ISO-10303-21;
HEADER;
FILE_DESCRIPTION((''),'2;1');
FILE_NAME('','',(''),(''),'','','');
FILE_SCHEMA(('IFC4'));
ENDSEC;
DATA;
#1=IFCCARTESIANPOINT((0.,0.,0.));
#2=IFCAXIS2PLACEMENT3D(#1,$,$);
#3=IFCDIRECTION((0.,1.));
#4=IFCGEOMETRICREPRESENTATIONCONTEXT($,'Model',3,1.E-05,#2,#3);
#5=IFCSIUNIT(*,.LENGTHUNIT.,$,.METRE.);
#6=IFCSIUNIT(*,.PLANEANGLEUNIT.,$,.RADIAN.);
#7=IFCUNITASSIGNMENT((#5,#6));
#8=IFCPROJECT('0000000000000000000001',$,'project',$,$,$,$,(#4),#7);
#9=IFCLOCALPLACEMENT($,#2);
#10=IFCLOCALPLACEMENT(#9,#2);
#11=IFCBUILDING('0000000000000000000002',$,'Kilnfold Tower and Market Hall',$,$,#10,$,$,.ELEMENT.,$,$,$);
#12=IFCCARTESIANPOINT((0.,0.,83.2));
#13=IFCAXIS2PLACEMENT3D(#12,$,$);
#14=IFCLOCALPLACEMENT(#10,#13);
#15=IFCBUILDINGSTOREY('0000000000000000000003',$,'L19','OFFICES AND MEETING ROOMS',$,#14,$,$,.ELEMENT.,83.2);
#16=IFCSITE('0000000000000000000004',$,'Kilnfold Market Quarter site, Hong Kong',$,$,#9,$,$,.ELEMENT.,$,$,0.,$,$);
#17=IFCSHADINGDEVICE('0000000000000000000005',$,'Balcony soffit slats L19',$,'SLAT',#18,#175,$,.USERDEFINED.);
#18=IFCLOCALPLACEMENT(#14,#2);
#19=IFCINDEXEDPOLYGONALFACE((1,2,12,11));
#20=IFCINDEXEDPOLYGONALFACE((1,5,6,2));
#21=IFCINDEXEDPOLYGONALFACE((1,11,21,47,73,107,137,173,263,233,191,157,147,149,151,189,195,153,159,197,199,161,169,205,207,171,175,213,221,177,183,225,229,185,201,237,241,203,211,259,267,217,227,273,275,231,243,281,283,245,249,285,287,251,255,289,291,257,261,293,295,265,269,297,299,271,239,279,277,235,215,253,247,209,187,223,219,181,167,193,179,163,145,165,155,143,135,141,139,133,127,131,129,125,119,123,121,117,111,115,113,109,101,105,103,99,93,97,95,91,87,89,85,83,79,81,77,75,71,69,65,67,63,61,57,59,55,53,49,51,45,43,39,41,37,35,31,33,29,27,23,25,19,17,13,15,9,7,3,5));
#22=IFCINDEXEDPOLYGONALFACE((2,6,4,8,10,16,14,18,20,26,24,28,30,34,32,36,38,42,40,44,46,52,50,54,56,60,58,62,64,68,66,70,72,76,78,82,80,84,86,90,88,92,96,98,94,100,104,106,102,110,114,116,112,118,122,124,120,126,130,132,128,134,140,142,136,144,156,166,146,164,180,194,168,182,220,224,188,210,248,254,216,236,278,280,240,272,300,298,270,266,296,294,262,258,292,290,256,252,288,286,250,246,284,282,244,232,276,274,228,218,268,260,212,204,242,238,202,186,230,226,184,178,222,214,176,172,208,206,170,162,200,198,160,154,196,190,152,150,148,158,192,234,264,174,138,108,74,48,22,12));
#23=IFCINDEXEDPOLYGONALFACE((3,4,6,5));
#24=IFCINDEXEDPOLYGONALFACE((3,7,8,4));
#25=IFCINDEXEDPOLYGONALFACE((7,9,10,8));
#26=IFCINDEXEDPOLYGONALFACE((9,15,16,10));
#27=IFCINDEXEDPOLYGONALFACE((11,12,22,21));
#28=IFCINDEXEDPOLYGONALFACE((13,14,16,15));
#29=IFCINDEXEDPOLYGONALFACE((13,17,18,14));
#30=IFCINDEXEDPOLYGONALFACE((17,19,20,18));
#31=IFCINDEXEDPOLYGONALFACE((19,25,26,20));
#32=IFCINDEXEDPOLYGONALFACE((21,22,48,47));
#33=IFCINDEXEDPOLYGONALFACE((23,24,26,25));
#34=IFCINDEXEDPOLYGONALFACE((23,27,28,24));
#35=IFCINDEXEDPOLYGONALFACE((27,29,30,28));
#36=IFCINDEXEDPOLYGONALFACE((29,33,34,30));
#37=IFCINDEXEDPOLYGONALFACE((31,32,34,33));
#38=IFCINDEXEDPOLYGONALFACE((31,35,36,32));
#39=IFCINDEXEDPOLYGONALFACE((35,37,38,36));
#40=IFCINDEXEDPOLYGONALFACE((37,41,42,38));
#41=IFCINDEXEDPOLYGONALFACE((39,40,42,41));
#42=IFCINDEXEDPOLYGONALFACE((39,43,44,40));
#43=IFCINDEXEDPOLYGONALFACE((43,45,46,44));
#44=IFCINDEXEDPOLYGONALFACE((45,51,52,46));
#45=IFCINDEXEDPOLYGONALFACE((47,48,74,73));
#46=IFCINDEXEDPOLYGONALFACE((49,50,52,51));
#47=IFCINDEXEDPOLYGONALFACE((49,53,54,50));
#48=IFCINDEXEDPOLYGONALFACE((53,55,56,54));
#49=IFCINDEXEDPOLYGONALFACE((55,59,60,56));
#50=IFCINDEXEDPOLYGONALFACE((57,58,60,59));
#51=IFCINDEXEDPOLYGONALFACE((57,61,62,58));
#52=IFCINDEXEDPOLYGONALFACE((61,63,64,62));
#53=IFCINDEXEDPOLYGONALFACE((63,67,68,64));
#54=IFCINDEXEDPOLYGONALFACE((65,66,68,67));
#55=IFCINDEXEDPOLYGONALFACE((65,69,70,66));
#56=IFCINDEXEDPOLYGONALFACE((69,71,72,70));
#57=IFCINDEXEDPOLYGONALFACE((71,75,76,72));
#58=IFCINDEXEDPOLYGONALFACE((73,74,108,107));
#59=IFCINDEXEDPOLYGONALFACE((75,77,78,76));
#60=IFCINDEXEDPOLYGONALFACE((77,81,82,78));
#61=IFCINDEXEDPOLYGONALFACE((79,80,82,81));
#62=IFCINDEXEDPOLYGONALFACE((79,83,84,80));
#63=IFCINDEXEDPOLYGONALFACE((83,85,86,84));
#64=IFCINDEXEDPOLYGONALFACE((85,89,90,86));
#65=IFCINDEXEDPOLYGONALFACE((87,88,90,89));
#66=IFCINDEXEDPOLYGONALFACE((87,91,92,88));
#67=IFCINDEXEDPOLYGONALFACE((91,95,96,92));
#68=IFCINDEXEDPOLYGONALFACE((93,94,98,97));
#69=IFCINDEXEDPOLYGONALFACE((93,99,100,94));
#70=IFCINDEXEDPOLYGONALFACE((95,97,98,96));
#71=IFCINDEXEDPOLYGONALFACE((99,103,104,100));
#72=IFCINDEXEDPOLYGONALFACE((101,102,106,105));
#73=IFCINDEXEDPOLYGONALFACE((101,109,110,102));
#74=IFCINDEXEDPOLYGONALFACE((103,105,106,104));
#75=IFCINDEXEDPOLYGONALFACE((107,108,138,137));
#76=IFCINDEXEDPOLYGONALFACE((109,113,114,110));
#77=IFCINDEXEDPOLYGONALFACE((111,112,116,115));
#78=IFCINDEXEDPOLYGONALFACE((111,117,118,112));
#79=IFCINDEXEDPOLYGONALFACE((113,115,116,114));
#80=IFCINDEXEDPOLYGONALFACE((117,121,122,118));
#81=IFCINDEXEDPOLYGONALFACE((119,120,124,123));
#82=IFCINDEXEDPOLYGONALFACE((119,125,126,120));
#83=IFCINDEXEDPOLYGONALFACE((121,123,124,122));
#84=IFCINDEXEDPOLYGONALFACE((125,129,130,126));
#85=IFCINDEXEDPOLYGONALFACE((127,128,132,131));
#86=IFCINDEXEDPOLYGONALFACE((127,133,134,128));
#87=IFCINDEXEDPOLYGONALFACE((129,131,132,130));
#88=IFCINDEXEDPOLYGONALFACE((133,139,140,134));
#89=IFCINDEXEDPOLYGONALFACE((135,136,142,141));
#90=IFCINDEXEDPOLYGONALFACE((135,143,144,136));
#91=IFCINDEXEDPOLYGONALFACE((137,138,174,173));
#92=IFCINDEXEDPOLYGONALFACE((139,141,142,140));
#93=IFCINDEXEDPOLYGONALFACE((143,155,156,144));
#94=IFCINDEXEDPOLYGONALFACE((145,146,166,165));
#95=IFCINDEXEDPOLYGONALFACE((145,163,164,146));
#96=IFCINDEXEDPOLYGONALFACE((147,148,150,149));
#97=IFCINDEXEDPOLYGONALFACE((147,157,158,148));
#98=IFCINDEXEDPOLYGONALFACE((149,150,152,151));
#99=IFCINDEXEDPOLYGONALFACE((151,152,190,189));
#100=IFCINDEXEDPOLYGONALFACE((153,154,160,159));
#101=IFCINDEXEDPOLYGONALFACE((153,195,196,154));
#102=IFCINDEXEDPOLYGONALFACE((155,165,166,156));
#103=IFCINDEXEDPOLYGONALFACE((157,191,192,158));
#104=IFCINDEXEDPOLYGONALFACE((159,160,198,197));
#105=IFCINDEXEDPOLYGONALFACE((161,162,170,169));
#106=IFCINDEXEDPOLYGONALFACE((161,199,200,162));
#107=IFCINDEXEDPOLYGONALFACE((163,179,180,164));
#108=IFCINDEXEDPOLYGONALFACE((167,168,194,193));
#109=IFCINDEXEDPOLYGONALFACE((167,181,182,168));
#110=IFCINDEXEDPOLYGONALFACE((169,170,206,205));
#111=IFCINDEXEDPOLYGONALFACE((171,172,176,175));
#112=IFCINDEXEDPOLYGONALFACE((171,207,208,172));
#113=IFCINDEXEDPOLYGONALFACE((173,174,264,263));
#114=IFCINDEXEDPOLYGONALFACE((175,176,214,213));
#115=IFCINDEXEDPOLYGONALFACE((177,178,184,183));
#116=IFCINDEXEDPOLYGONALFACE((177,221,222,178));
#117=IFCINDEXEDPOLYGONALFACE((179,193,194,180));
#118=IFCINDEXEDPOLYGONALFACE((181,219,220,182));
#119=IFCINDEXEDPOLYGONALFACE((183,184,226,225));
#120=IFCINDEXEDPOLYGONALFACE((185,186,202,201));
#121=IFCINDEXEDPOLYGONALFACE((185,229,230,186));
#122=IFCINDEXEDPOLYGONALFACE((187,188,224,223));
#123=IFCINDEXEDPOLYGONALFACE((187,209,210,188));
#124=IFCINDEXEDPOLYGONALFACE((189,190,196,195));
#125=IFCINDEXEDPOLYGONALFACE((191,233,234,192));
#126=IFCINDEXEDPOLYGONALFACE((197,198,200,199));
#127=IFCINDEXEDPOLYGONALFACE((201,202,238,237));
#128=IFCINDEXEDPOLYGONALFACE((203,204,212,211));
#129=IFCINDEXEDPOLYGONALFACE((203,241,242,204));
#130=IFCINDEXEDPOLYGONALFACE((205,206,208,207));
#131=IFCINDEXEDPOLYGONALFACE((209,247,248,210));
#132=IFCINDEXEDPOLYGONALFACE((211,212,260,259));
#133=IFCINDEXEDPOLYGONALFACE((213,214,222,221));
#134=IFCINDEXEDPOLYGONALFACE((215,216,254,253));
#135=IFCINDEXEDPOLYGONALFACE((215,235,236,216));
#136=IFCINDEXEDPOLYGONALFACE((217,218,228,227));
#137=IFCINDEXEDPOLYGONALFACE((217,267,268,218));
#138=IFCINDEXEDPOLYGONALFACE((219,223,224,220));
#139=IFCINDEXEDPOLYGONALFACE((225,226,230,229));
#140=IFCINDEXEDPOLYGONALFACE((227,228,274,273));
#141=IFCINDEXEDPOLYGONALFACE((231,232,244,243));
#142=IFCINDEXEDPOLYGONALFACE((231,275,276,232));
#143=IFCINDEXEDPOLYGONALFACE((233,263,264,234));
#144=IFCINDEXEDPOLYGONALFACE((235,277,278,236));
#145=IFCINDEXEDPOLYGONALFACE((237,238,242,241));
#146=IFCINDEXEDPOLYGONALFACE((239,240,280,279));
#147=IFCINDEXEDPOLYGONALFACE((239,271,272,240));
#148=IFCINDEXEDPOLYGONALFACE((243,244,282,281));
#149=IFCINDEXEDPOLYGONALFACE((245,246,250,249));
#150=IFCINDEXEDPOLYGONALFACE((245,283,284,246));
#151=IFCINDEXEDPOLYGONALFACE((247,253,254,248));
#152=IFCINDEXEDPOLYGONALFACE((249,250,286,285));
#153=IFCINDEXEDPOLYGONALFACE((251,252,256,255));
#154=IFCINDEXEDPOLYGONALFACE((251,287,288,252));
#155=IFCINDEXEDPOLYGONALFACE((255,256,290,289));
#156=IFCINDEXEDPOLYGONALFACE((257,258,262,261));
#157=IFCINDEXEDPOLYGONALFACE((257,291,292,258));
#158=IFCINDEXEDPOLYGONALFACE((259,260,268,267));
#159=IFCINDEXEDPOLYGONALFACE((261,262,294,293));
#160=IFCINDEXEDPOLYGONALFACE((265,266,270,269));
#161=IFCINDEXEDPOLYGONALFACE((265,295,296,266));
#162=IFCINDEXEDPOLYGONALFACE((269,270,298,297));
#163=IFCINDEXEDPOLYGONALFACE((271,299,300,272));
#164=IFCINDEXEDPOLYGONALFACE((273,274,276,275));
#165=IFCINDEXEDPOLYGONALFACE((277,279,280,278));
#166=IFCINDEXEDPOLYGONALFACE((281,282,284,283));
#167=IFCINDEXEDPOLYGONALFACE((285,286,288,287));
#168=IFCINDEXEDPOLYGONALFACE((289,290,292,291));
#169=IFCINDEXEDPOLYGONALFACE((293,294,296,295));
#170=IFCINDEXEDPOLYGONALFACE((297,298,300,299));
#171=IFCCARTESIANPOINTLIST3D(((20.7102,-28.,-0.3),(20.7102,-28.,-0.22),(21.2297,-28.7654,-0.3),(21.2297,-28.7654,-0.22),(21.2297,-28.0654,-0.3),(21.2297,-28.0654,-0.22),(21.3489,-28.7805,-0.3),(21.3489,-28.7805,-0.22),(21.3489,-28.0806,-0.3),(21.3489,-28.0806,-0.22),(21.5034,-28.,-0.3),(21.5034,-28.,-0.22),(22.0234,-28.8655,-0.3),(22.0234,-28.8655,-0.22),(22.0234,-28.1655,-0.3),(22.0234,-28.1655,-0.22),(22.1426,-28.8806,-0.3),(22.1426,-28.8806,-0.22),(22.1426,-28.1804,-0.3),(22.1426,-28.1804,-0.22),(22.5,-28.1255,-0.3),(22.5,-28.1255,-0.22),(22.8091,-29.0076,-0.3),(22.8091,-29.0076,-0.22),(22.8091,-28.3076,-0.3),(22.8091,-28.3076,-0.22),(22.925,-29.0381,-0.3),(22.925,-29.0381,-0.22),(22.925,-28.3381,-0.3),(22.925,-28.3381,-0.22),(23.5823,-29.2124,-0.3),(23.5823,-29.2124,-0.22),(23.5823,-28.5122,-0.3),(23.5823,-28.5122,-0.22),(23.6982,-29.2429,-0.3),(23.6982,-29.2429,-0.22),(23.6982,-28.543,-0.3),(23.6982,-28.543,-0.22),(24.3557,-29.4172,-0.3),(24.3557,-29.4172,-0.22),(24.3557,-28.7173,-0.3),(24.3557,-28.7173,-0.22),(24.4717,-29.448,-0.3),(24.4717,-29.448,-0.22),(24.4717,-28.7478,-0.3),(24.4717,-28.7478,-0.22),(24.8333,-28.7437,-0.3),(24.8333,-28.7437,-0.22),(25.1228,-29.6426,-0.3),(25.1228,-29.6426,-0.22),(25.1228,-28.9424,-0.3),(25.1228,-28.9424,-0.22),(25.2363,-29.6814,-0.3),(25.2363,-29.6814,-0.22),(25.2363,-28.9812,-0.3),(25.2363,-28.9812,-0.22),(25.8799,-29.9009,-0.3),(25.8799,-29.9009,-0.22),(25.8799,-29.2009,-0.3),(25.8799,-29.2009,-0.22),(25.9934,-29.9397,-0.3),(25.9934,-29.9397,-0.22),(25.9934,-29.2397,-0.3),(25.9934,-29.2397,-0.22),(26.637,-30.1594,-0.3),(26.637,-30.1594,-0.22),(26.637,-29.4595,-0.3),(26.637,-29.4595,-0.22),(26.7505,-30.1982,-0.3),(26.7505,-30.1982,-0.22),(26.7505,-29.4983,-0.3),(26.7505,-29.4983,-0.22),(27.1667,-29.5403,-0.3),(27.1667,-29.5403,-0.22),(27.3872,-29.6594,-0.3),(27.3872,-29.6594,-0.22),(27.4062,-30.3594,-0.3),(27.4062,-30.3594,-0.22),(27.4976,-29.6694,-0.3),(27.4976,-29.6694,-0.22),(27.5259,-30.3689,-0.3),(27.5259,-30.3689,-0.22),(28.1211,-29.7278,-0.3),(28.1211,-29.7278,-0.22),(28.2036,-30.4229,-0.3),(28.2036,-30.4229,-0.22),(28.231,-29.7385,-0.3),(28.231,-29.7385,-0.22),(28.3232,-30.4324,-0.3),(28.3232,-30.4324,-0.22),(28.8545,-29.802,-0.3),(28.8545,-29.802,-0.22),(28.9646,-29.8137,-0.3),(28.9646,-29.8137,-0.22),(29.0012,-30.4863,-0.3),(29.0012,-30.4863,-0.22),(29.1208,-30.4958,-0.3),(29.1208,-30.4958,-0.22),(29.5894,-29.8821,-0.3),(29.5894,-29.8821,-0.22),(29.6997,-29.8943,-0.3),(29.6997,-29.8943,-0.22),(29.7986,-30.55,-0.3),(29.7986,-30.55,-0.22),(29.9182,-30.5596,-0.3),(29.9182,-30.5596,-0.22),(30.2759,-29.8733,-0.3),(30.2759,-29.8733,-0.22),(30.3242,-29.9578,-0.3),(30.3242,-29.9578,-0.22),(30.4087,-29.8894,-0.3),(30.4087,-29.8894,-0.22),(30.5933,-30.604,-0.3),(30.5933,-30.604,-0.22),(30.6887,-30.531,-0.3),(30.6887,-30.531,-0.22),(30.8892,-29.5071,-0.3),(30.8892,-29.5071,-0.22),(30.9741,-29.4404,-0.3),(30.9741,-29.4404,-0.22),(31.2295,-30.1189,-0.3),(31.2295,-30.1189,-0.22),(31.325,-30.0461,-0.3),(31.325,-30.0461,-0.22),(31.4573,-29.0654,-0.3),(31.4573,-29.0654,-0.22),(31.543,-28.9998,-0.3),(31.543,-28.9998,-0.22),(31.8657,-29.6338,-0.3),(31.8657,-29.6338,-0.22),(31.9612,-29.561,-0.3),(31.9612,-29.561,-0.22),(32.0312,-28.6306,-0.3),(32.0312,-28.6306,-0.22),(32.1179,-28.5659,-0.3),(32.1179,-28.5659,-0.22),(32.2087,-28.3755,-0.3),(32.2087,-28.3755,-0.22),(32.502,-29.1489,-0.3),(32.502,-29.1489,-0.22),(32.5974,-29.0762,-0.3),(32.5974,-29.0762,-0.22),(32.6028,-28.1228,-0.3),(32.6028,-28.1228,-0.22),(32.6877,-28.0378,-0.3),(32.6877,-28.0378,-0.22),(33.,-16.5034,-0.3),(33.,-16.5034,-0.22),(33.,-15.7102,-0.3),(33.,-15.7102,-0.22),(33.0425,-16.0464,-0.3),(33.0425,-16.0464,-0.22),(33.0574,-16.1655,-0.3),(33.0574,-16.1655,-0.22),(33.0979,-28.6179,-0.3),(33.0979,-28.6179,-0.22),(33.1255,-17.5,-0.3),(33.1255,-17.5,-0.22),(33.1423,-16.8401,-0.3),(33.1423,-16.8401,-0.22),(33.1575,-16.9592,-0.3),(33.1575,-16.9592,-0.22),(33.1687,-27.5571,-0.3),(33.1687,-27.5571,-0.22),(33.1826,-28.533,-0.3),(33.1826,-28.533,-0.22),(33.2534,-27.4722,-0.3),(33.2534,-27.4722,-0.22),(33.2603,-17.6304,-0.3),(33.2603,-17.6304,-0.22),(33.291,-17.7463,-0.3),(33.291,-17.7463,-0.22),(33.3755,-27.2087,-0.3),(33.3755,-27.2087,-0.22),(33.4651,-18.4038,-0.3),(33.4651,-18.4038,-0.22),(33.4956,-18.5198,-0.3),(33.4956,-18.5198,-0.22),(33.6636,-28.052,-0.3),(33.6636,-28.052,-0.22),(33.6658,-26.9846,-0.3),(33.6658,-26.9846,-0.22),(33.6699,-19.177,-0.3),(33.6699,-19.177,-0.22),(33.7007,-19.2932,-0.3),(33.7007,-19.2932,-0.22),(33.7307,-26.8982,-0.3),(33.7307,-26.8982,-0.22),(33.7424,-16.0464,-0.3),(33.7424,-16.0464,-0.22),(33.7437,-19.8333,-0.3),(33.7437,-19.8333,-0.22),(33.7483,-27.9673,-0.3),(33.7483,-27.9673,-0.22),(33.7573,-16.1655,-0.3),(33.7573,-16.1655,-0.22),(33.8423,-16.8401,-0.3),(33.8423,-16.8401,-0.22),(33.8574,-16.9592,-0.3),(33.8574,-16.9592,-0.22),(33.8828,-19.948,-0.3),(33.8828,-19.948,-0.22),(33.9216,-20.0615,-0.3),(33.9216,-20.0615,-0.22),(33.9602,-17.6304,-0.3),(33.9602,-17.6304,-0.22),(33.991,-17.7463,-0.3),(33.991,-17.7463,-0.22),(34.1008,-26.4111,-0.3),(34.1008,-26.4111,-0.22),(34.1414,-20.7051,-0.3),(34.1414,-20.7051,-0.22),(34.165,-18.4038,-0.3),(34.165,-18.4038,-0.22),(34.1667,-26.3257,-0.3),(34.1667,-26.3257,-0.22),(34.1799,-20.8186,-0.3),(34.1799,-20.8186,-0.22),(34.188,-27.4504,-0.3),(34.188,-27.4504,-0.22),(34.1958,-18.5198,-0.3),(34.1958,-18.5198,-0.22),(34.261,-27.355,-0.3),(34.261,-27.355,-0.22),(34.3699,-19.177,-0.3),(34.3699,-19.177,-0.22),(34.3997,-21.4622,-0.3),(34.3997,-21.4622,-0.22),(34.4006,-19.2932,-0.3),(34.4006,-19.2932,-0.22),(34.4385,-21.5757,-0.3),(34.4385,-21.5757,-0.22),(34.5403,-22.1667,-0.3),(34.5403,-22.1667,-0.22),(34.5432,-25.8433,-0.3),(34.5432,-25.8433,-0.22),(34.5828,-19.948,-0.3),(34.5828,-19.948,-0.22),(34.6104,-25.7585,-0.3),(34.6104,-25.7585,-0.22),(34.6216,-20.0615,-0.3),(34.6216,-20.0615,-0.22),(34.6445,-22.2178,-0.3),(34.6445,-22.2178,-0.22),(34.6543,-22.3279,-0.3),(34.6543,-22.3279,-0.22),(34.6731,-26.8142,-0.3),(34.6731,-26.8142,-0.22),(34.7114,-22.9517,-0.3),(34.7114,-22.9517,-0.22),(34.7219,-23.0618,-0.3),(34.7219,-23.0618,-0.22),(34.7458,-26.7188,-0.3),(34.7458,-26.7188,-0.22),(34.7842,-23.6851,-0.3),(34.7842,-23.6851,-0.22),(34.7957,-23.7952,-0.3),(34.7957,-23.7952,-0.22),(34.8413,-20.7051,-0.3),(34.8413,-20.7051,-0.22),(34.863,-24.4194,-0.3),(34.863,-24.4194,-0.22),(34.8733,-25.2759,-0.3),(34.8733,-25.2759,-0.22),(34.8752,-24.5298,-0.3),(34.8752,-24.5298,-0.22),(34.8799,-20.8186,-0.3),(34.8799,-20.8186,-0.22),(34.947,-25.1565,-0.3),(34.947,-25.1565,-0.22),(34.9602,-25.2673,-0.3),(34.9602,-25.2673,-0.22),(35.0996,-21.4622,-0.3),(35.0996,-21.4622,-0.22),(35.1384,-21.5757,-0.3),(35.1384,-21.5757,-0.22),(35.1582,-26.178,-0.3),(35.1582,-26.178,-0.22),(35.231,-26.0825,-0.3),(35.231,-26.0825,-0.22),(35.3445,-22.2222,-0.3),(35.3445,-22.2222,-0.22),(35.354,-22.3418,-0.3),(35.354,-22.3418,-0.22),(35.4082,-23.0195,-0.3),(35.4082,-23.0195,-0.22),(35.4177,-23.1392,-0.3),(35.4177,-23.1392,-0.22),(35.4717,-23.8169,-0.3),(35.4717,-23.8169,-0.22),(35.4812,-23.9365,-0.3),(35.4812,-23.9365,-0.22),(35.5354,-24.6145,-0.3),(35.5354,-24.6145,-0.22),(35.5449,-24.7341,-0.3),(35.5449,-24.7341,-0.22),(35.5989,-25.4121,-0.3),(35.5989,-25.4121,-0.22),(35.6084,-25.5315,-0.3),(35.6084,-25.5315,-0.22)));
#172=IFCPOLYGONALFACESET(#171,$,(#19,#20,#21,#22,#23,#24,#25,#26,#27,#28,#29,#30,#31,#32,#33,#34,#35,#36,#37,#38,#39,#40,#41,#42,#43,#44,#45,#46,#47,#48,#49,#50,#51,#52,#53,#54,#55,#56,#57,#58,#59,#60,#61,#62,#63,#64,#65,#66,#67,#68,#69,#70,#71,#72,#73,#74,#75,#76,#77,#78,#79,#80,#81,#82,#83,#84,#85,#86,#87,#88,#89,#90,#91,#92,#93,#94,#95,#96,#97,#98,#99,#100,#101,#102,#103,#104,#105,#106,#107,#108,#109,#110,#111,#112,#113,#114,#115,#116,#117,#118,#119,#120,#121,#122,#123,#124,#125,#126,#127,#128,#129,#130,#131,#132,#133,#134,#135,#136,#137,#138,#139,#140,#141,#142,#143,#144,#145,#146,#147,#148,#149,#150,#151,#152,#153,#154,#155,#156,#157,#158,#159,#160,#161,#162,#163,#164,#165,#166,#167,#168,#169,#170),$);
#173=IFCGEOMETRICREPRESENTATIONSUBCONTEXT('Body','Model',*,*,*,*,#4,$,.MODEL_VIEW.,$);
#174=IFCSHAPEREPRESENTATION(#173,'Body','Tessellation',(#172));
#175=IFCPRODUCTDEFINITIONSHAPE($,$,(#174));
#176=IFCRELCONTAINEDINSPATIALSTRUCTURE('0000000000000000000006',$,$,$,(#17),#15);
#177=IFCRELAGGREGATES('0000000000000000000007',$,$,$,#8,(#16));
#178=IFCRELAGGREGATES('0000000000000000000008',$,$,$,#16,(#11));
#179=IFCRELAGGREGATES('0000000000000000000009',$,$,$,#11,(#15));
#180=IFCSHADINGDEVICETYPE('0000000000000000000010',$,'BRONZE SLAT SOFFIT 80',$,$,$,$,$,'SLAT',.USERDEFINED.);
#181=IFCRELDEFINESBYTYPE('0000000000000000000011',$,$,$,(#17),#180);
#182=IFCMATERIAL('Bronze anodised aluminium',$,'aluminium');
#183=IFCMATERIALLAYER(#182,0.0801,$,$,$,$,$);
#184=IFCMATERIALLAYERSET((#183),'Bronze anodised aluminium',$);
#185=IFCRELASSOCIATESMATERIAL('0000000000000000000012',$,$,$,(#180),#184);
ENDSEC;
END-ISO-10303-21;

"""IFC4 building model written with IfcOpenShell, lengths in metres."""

from ifc_helpers import new_model, si_unit, direction, frame, origin, place, context, subcontext, project, spatial, polyline, outline, extrude, source, transform, mapped, material, layer, layer_set, type_object, element, save


model = new_model("IFC4")

# Units and contexts
model_context = context("Model", 3, precision=1e-05, world=origin(), true_north=direction((0.0, 1.0)))
body_context = subcontext(model_context, "Body", "Model", "MODEL_VIEW")
ifc_project = project(units=[si_unit("LENGTHUNIT", "METRE"), si_unit("PLANEANGLEUNIT", "RADIAN")], contexts=[model_context])

# Site, building, storey
site_placement = place(None, origin())
site = spatial("IfcSite", under=ifc_project, at=site_placement, Name="Kilnfold Market Quarter site, Hong Kong", CompositionType="ELEMENT", RefElevation=0.0)
building_placement = place(site_placement, origin())
building = spatial("IfcBuilding", under=site, at=building_placement, Name="Kilnfold Tower and Market Hall", CompositionType="ELEMENT")
storey_placement = place(building_placement, frame((0.0, 0.0, 83.2)))
storey = spatial("IfcBuildingStorey", under=building, at=storey_placement, Name="L19", Description="OFFICES AND MEETING ROOMS", CompositionType="ELEMENT", Elevation=83.2)

# Shading device
ifc_material_1 = material(Name="Bronze anodised aluminium", Category="aluminium")
ifc_layer_1 = layer(ifc_material_1, 0.0801)
ifc_layer_set_1 = layer_set([ifc_layer_1], Name="Bronze anodised aluminium")
shading_device_type_1 = type_object("IfcShadingDeviceType", Name="BRONZE SLAT SOFFIT 80", ElementType="SLAT", PredefinedType="USERDEFINED", material=ifc_layer_set_1)
shared_shape_1 = source(origin(), body_context, "Body", "SweptSolid", [
    extrude(outline(polyline([(22.5, -28.1255), (24.8333, -28.7437), (27.1667, -29.5403), (30.2759, -29.8733), (32.2087, -28.3755), (33.3755, -27.2087), (34.8733, -25.2759), (34.5403, -22.1667), (33.7437, -19.8333), (33.1255, -17.5), (33.0, -16.5034), (33.0, -15.7102), (33.0425, -16.0464), (33.7424, -16.0464), (33.7573, -16.1655), (33.0574, -16.1655), (33.1423, -16.8401), (33.8423, -16.8401), (33.8574, -16.9592), (33.1575, -16.9592), (33.2603, -17.6304), (33.9602, -17.6304), (33.991, -17.7463), (33.291, -17.7463), (33.4651, -18.4038), (34.165, -18.4038), (34.1958, -18.5198), (33.4956, -18.5198), (33.6699, -19.177), (34.3699, -19.177), (34.4006, -19.2932), (33.7007, -19.2932), (33.8828, -19.948), (34.5828, -19.948), (34.6216, -20.0615), (33.9216, -20.0615), (34.1414, -20.7051), (34.8413, -20.7051), (34.8799, -20.8186), (34.1799, -20.8186), (34.3997, -21.4622), (35.0996, -21.4622), (35.1384, -21.5757), (34.4385, -21.5757), (34.6445, -22.2178), (35.3445, -22.2222), (35.354, -22.3418), (34.6543, -22.3279), (34.7114, -22.9517), (35.4082, -23.0195), (35.4177, -23.1392), (34.7219, -23.0618), (34.7842, -23.6851), (35.4717, -23.8169), (35.4812, -23.9365), (34.7957, -23.7952), (34.863, -24.4194), (35.5354, -24.6145), (35.5449, -24.7341), (34.8752, -24.5298), (34.947, -25.1565), (35.5989, -25.4121), (35.6084, -25.5315), (34.9602, -25.2673), (34.6104, -25.7585), (35.231, -26.0825), (35.1582, -26.178), (34.5432, -25.8433), (34.1667, -26.3257), (34.7458, -26.7188), (34.6731, -26.8142), (34.1008, -26.4111), (33.7307, -26.8982), (34.261, -27.355), (34.188, -27.4504), (33.6658, -26.9846), (33.2534, -27.4722), (33.7483, -27.9673), (33.6636, -28.052), (33.1687, -27.5571), (32.6877, -28.0378), (33.1826, -28.533), (33.0979, -28.6179), (32.6028, -28.1228), (32.1179, -28.5659), (32.5974, -29.0762), (32.502, -29.1489), (32.0312, -28.6306), (31.543, -28.9998), (31.9612, -29.561), (31.8657, -29.6338), (31.4573, -29.0654), (30.9741, -29.4404), (31.325, -30.0461), (31.2295, -30.1189), (30.8892, -29.5071), (30.4087, -29.8894), (30.6887, -30.531), (30.5933, -30.604), (30.3242, -29.9578), (29.6997, -29.8943), (29.9182, -30.5596), (29.7986, -30.55), (29.5894, -29.8821), (28.9646, -29.8137), (29.1208, -30.4958), (29.0012, -30.4863), (28.8545, -29.802), (28.231, -29.7385), (28.3232, -30.4324), (28.2036, -30.4229), (28.1211, -29.7278), (27.4976, -29.6694), (27.5259, -30.3689), (27.4062, -30.3594), (27.3872, -29.6594), (26.7505, -29.4983), (26.7505, -30.1982), (26.637, -30.1594), (26.637, -29.4595), (25.9934, -29.2397), (25.9934, -29.9397), (25.8799, -29.9009), (25.8799, -29.2009), (25.2363, -28.9812), (25.2363, -29.6814), (25.1228, -29.6426), (25.1228, -28.9424), (24.4717, -28.7478), (24.4717, -29.448), (24.3557, -29.4172), (24.3557, -28.7173), (23.6982, -28.543), (23.6982, -29.2429), (23.5823, -29.2124), (23.5823, -28.5122), (22.925, -28.3381), (22.925, -29.0381), (22.8091, -29.0076), (22.8091, -28.3076), (22.1426, -28.1804), (22.1426, -28.8806), (22.0234, -28.8655), (22.0234, -28.1655), (21.3489, -28.0806), (21.3489, -28.7805), (21.2297, -28.7654), (21.2297, -28.0654), (20.7102, -28.0), (21.5034, -28.0), (22.5, -28.1255)])), origin(), (0.0, 0.0, 1.0), 0.0801),
])
shading_device_1_placement = place(storey_placement, frame((0.0, 0.0, -0.3)))
element("IfcShadingDevice", 1, at=shading_device_1_placement, inside=storey, type_object=shading_device_type_1, Name="Balcony soffit slats L19", ObjectType="SLAT", PredefinedType="USERDEFINED", context=body_context, shape_type="MappedRepresentation", body=[
    mapped(shared_shape_1, transform((0.0, 0.0, 0.0))),
])

save(model, "model.ifc")
